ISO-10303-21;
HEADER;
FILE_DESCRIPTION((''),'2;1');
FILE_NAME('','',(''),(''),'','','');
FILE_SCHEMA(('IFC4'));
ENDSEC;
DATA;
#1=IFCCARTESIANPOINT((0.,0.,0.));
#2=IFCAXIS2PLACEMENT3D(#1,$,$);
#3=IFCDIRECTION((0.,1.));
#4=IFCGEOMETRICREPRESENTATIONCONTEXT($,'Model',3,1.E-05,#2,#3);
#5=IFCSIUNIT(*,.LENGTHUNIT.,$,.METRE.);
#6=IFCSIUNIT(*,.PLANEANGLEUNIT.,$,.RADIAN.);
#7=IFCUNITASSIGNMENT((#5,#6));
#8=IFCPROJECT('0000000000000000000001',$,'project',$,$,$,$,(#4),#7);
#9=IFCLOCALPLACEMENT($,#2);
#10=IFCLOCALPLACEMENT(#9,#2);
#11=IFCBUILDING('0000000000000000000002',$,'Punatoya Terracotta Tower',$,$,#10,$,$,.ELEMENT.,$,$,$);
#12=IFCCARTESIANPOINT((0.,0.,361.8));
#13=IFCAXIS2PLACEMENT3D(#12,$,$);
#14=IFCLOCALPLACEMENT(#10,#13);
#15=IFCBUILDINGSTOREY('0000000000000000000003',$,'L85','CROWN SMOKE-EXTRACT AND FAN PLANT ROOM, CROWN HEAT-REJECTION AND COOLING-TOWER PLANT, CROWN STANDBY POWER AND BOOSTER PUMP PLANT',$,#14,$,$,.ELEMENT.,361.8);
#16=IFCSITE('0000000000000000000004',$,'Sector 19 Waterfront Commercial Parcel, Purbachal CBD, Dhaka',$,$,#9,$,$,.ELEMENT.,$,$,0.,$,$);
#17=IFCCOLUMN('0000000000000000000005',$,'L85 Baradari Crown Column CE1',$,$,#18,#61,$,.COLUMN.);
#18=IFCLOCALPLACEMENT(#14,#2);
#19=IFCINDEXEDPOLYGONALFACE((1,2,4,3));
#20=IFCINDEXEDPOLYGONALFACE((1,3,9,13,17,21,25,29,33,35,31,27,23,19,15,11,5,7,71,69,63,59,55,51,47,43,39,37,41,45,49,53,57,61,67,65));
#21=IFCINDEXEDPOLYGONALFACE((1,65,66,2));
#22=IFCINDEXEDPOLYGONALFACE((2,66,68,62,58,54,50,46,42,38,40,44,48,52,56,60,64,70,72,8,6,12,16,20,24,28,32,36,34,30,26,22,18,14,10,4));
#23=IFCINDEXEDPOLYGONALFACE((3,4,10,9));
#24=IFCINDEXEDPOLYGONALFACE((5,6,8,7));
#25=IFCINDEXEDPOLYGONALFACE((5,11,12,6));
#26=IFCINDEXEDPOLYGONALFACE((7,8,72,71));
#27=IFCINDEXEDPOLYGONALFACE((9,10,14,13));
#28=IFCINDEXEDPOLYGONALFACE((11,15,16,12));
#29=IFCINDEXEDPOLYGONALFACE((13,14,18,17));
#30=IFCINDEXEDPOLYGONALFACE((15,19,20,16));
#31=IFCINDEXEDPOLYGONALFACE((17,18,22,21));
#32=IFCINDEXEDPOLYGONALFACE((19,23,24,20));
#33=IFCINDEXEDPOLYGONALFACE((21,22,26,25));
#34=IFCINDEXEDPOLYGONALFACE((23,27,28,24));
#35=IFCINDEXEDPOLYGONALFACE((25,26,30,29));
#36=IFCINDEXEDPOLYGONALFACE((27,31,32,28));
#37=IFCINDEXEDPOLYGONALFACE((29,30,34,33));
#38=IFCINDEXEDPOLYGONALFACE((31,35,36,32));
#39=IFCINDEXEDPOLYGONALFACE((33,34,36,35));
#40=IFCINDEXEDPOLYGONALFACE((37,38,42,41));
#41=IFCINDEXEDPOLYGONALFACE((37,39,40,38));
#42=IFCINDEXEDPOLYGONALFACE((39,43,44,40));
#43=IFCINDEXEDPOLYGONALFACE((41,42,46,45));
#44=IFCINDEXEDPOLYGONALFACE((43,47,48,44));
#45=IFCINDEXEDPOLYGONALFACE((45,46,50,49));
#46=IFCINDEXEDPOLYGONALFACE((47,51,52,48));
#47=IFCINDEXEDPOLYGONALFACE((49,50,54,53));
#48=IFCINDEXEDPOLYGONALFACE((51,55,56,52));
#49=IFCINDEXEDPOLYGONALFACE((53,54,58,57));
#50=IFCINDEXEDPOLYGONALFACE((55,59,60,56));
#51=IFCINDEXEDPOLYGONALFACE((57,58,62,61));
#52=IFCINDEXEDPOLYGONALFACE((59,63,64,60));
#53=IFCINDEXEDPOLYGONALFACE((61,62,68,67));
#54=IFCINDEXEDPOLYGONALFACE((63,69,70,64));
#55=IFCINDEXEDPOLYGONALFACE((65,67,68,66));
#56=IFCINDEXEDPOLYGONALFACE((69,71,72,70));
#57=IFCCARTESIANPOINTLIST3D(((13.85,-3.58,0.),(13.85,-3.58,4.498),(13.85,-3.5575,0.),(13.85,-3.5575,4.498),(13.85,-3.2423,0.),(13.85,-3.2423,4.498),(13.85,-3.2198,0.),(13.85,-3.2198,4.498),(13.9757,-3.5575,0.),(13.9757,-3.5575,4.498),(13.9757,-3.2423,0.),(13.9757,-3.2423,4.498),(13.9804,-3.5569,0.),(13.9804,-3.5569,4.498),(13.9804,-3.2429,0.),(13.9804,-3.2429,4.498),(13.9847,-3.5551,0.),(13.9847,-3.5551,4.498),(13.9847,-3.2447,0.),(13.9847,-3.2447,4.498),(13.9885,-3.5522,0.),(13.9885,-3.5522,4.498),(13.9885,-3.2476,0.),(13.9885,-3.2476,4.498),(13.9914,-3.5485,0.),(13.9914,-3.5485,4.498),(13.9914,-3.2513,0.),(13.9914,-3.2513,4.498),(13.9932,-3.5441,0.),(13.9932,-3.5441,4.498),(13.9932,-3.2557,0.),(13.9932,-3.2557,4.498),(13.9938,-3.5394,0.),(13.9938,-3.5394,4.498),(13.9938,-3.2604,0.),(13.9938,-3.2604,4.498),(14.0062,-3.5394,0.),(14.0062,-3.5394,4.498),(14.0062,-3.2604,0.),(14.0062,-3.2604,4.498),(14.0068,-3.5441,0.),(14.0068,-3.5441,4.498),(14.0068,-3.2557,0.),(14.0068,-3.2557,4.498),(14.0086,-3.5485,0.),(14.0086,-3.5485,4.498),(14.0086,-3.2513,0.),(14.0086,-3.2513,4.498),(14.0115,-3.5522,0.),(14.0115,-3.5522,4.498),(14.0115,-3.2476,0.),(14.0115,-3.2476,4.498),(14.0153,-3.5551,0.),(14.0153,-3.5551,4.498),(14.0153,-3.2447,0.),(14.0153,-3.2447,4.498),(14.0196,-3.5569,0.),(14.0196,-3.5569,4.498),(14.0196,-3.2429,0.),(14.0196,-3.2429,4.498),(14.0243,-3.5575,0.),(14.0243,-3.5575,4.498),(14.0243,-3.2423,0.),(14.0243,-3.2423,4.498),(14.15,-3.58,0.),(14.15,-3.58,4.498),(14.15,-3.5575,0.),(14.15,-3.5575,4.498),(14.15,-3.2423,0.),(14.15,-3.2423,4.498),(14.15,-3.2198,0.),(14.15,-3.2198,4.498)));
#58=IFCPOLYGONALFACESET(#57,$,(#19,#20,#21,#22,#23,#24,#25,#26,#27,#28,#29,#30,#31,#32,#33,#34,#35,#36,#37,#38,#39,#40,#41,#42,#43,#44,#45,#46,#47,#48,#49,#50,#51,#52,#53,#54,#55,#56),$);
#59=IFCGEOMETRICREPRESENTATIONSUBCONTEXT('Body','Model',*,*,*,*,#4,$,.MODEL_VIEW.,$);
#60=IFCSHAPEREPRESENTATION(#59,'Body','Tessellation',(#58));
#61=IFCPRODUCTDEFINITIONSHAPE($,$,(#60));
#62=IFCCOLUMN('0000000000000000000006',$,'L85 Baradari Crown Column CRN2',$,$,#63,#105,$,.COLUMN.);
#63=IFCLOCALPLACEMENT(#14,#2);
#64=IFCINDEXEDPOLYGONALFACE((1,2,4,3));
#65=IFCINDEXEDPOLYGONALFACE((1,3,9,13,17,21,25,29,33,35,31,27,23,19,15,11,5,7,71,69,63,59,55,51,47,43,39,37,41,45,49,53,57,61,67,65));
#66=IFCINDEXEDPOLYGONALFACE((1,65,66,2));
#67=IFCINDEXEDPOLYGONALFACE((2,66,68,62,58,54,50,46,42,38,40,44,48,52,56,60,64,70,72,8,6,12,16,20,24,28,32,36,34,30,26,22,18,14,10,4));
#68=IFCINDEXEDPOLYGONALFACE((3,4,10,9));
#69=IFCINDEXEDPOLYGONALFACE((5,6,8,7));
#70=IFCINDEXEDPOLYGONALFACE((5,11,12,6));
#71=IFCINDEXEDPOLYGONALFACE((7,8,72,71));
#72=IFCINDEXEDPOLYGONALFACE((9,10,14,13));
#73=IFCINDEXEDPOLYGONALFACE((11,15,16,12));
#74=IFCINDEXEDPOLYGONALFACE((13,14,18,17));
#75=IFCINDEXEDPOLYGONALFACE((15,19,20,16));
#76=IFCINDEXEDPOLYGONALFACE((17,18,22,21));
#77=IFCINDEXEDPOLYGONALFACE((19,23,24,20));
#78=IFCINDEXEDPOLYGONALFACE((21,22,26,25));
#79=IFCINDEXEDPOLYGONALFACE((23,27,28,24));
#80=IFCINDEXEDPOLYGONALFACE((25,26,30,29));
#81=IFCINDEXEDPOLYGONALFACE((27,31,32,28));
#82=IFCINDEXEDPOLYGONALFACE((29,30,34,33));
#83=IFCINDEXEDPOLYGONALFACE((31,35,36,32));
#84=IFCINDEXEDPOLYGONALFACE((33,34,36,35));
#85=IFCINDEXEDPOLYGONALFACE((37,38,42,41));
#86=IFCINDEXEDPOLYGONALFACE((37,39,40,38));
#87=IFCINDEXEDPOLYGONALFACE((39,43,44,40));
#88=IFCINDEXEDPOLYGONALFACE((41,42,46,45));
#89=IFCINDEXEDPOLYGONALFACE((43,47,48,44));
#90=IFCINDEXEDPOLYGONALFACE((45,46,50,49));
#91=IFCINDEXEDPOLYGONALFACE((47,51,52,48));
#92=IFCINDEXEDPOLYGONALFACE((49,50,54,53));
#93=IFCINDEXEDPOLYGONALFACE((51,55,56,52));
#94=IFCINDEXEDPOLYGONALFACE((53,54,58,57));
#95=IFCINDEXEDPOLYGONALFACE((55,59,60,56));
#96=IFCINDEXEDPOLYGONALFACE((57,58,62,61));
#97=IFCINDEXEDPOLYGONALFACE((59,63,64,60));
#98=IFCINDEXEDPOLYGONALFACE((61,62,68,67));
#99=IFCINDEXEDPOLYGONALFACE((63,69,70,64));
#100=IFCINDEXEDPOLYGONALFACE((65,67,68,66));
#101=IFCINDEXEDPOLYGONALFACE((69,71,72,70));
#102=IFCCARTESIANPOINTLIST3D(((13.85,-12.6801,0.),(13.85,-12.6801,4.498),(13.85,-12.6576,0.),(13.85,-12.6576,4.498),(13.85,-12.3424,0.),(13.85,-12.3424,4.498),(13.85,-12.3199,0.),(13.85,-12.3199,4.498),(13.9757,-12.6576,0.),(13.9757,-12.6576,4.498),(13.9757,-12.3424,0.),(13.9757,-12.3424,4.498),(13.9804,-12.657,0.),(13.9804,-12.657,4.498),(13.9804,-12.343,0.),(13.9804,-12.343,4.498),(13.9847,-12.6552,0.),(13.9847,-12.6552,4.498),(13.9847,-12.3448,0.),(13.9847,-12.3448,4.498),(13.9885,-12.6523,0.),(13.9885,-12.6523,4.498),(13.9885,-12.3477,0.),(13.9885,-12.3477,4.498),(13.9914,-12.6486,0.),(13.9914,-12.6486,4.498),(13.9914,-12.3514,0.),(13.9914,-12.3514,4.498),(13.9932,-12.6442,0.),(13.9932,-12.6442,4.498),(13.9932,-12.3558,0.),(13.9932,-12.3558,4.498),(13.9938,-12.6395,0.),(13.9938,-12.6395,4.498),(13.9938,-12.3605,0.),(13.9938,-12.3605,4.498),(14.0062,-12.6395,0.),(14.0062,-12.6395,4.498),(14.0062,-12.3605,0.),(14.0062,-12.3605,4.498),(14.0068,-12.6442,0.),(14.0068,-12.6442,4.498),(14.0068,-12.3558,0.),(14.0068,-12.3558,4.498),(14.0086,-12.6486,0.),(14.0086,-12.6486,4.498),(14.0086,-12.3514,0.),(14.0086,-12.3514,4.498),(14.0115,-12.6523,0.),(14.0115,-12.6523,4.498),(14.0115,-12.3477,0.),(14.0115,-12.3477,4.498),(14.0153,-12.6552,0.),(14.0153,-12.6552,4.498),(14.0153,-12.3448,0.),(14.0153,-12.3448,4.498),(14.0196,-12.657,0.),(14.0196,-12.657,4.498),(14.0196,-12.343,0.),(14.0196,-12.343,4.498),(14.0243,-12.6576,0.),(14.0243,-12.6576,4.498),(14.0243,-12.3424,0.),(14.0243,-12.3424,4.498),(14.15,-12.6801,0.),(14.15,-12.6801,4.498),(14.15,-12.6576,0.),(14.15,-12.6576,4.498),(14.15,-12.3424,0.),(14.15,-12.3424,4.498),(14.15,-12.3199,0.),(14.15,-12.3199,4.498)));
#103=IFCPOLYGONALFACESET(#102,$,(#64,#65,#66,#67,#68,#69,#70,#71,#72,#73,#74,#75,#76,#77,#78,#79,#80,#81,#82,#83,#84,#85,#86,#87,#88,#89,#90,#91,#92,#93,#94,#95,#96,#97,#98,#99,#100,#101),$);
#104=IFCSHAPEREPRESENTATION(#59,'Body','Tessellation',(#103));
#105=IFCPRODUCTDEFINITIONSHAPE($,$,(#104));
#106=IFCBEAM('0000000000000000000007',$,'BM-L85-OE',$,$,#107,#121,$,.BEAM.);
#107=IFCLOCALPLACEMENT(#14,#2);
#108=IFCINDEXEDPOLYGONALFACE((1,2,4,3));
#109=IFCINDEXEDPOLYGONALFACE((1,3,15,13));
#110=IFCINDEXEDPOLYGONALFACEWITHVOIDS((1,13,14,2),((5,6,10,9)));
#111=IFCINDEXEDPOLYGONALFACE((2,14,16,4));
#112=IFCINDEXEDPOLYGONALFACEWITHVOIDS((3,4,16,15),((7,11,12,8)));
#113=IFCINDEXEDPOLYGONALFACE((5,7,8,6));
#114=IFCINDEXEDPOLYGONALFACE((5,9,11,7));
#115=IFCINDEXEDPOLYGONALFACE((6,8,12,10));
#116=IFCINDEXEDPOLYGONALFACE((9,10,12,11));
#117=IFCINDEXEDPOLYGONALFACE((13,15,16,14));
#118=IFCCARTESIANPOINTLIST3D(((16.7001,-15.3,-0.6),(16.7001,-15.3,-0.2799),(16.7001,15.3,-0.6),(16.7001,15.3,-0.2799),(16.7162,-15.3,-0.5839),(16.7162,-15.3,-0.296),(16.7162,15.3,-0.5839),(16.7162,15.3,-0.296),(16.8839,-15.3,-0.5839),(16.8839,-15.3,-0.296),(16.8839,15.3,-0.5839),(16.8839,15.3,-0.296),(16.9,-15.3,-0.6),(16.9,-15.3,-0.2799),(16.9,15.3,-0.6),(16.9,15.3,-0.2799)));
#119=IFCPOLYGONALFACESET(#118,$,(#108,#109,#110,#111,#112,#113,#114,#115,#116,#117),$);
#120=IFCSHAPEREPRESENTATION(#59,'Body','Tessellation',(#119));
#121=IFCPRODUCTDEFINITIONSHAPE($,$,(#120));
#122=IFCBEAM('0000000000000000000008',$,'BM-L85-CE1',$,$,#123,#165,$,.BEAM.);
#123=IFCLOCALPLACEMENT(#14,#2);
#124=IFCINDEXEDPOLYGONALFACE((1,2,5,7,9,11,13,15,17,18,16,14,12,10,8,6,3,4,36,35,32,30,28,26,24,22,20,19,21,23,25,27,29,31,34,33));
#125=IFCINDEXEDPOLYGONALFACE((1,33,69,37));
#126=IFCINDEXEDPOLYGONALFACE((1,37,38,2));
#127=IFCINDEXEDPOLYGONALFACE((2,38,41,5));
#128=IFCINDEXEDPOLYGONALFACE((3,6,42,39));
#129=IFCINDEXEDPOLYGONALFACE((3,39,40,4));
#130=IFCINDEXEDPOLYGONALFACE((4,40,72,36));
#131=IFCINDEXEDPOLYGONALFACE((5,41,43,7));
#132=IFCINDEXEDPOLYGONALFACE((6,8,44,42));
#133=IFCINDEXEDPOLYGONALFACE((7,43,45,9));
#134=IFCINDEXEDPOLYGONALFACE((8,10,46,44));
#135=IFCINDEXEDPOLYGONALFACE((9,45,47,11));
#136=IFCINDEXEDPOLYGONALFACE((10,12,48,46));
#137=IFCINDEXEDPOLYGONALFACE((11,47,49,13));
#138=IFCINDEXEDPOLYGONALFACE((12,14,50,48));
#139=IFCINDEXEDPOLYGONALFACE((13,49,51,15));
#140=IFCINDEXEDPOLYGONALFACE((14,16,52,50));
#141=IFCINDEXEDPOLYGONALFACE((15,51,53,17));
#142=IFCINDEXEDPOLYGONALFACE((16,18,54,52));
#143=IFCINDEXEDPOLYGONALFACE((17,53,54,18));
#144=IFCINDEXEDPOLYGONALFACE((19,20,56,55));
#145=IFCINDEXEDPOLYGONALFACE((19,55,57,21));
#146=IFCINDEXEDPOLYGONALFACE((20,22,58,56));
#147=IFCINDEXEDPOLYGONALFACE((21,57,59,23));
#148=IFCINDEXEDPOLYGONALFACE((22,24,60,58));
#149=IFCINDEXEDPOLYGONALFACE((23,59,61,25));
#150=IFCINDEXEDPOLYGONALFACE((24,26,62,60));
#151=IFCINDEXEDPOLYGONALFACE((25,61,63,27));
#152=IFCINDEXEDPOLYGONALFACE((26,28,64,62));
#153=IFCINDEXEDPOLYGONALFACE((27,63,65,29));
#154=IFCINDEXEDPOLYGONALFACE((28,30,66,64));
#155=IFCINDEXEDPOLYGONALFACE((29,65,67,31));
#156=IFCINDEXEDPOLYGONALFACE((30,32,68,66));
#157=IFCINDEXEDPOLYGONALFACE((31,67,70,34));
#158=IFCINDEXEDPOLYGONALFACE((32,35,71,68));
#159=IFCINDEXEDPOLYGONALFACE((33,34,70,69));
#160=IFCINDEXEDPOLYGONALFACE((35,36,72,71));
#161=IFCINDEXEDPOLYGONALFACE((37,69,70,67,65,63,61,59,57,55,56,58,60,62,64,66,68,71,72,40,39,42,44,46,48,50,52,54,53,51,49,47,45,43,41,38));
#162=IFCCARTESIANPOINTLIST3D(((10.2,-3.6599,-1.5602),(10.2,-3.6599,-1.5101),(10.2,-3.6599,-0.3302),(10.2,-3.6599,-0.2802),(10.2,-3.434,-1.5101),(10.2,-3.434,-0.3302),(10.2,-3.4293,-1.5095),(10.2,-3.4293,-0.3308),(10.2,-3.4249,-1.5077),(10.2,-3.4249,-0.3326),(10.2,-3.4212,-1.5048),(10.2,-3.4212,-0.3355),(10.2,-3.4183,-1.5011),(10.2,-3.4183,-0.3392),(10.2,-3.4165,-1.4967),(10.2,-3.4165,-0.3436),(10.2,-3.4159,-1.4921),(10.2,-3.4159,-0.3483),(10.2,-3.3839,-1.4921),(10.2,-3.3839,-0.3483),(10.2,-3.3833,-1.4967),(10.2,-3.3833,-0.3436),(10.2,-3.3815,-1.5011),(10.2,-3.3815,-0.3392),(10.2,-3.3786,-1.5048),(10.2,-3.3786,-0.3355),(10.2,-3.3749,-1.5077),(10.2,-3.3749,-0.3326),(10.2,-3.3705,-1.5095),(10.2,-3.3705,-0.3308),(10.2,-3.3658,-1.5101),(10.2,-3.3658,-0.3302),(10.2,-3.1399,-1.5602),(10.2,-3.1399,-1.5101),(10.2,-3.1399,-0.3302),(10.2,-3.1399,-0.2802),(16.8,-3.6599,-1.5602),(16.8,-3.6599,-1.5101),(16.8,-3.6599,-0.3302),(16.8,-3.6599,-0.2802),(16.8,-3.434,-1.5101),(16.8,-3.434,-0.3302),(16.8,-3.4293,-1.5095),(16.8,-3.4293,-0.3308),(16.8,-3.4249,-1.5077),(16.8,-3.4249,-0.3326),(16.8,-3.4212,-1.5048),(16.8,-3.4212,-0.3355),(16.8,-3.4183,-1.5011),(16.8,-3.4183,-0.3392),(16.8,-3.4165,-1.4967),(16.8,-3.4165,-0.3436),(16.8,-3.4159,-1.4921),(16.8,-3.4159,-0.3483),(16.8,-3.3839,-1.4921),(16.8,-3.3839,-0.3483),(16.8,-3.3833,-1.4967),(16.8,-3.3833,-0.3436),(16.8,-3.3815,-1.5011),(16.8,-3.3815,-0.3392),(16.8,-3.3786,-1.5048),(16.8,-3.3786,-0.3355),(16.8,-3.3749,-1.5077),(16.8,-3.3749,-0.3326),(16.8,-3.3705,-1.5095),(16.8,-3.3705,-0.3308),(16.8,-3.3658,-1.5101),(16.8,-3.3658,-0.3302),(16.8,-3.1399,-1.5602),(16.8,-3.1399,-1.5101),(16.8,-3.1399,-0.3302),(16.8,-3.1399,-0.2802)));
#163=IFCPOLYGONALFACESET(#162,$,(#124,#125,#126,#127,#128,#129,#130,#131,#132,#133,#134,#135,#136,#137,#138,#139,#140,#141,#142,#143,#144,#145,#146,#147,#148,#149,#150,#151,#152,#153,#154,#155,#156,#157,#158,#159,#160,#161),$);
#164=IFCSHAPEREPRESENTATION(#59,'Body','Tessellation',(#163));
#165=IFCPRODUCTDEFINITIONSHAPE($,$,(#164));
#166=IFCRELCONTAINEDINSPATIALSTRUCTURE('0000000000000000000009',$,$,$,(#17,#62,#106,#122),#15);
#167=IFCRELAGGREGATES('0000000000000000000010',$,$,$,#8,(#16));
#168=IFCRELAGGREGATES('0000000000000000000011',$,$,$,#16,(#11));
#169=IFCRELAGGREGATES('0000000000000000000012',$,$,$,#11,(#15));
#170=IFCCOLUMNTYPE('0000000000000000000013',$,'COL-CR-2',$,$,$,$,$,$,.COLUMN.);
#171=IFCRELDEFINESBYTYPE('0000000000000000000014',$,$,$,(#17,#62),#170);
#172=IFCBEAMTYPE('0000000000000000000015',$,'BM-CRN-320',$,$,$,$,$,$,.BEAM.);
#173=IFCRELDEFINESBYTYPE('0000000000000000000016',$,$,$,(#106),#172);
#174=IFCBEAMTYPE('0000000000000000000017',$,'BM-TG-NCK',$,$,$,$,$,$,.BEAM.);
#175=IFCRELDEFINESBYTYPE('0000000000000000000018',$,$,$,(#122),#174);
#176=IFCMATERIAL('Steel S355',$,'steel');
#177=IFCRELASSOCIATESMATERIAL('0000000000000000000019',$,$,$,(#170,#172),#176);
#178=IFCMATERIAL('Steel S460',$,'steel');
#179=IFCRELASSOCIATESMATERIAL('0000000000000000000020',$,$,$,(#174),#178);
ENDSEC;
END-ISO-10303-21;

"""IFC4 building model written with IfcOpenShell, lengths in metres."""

from ifc_helpers import new_model, si_unit, direction, frame, origin, origin_2d, place, context, subcontext, project, spatial, hollow_rectangle, i_section, extrude, material, material_profile, profile_set, type_object, element, save


model = new_model("IFC4")

# Units and contexts
model_context = context("Model", 3, precision=1e-05, world=origin(), true_north=direction((0.0, 1.0)))
body_context = subcontext(model_context, "Body", "Model", "MODEL_VIEW")
ifc_project = project(units=[si_unit("LENGTHUNIT", "METRE"), si_unit("PLANEANGLEUNIT", "RADIAN")], contexts=[model_context])

# Site, building, storey
site_placement = place(None, origin())
site = spatial("IfcSite", under=ifc_project, at=site_placement, Name="Sector 19 Waterfront Commercial Parcel, Purbachal CBD, Dhaka", CompositionType="ELEMENT", RefElevation=0.0)
building_placement = place(site_placement, origin())
building = spatial("IfcBuilding", under=site, at=building_placement, Name="Punatoya Terracotta Tower", CompositionType="ELEMENT")
storey_placement = place(building_placement, frame((0.0, 0.0, 361.8)))
storey = spatial("IfcBuildingStorey", under=building, at=storey_placement, Name="L85", Description="CROWN SMOKE-EXTRACT AND FAN PLANT ROOM, CROWN HEAT-REJECTION AND COOLING-TOWER PLANT, CROWN STANDBY POWER AND BOOSTER PUMP PLANT", CompositionType="ELEMENT", Elevation=361.8)

# Columns
ifc_material_1 = material(Name="Steel S355", Category="steel")
ifc_material_profile_1 = material_profile(ifc_material_1, i_section(OverallWidth=0.3, OverallDepth=0.3601, WebThickness=0.0125, FlangeThickness=0.0225, FilletRadius=0.0181, at=origin_2d()))
ifc_profile_set_1 = profile_set([ifc_material_profile_1], Name="Steel S355")
column_type = type_object("IfcColumnType", Name="COL-CR-2", PredefinedType="COLUMN", material=ifc_profile_set_1)
for number, where, z_axis, x_axis, name in (
    (1, (14.0, -3.3999, 0.0), (0.0, 0.0, 1.0), (1.0, 0.0, 0.0), "L85 Baradari Crown Column CE1"),
    (2, (14.0, -12.5, 0.0), (0.0, 0.0, 1.0), (1.0, 0.0, 0.0), "L85 Baradari Crown Column CRN2"),
):
    element("IfcColumn", number, at=place(storey_placement, frame(where, z_axis=z_axis, x_axis=x_axis)), inside=storey, type_object=column_type, Name=name, PredefinedType="COLUMN", context=body_context, shape_type="SweptSolid", body=[
        extrude(i_section(OverallWidth=0.3, OverallDepth=0.3601, WebThickness=0.0125, FlangeThickness=0.0225, FilletRadius=0.0181, at=origin_2d()), origin(), (0.0, 0.0, 1.0), 4.498),
    ])

# Beams
ifc_material_profile_2 = material_profile(ifc_material_1, hollow_rectangle(XDim=0.2, YDim=0.3201, WallThickness=0.0161, at=origin_2d()))
ifc_profile_set_2 = profile_set([ifc_material_profile_2], Name="Steel S355")
beam_type_1 = type_object("IfcBeamType", Name="BM-CRN-320", PredefinedType="BEAM", material=ifc_profile_set_2)
beam_1_placement = place(storey_placement, frame((16.8, -15.3, -0.4399), z_axis=(0.0, 1.0, 0.0), x_axis=(-1.0, 0.0, 0.0)))
element("IfcBeam", 3, at=beam_1_placement, inside=storey, type_object=beam_type_1, Name="BM-L85-OE", PredefinedType="BEAM", context=body_context, shape_type="SweptSolid", body=[
    extrude(hollow_rectangle(XDim=0.2, YDim=0.3201, WallThickness=0.0161, at=origin_2d()), origin(), (0.0, 0.0, 1.0), 30.6001),
])
ifc_material_2 = material(Name="Steel S460", Category="steel")
ifc_material_profile_3 = material_profile(ifc_material_2, i_section(OverallWidth=0.52, OverallDepth=1.28, WebThickness=0.032, FlangeThickness=0.05, FilletRadius=0.0181, at=origin_2d()))
ifc_profile_set_3 = profile_set([ifc_material_profile_3], Name="Steel S460")
beam_type_2 = type_object("IfcBeamType", Name="BM-TG-NCK", PredefinedType="BEAM", material=ifc_profile_set_3)
beam_2_placement = place(storey_placement, frame((10.2, -3.3999, -0.9202), z_axis=(1.0, 0.0, 0.0), x_axis=(0.0, 1.0, 0.0)))
element("IfcBeam", 4, at=beam_2_placement, inside=storey, type_object=beam_type_2, Name="BM-L85-CE1", PredefinedType="BEAM", context=body_context, shape_type="SweptSolid", body=[
    extrude(i_section(OverallWidth=0.52, OverallDepth=1.28, WebThickness=0.032, FlangeThickness=0.05, FilletRadius=0.0181, at=origin_2d()), origin(), (0.0, 0.0, 1.0), 6.6001),
])

save(model, "model.ifc")
